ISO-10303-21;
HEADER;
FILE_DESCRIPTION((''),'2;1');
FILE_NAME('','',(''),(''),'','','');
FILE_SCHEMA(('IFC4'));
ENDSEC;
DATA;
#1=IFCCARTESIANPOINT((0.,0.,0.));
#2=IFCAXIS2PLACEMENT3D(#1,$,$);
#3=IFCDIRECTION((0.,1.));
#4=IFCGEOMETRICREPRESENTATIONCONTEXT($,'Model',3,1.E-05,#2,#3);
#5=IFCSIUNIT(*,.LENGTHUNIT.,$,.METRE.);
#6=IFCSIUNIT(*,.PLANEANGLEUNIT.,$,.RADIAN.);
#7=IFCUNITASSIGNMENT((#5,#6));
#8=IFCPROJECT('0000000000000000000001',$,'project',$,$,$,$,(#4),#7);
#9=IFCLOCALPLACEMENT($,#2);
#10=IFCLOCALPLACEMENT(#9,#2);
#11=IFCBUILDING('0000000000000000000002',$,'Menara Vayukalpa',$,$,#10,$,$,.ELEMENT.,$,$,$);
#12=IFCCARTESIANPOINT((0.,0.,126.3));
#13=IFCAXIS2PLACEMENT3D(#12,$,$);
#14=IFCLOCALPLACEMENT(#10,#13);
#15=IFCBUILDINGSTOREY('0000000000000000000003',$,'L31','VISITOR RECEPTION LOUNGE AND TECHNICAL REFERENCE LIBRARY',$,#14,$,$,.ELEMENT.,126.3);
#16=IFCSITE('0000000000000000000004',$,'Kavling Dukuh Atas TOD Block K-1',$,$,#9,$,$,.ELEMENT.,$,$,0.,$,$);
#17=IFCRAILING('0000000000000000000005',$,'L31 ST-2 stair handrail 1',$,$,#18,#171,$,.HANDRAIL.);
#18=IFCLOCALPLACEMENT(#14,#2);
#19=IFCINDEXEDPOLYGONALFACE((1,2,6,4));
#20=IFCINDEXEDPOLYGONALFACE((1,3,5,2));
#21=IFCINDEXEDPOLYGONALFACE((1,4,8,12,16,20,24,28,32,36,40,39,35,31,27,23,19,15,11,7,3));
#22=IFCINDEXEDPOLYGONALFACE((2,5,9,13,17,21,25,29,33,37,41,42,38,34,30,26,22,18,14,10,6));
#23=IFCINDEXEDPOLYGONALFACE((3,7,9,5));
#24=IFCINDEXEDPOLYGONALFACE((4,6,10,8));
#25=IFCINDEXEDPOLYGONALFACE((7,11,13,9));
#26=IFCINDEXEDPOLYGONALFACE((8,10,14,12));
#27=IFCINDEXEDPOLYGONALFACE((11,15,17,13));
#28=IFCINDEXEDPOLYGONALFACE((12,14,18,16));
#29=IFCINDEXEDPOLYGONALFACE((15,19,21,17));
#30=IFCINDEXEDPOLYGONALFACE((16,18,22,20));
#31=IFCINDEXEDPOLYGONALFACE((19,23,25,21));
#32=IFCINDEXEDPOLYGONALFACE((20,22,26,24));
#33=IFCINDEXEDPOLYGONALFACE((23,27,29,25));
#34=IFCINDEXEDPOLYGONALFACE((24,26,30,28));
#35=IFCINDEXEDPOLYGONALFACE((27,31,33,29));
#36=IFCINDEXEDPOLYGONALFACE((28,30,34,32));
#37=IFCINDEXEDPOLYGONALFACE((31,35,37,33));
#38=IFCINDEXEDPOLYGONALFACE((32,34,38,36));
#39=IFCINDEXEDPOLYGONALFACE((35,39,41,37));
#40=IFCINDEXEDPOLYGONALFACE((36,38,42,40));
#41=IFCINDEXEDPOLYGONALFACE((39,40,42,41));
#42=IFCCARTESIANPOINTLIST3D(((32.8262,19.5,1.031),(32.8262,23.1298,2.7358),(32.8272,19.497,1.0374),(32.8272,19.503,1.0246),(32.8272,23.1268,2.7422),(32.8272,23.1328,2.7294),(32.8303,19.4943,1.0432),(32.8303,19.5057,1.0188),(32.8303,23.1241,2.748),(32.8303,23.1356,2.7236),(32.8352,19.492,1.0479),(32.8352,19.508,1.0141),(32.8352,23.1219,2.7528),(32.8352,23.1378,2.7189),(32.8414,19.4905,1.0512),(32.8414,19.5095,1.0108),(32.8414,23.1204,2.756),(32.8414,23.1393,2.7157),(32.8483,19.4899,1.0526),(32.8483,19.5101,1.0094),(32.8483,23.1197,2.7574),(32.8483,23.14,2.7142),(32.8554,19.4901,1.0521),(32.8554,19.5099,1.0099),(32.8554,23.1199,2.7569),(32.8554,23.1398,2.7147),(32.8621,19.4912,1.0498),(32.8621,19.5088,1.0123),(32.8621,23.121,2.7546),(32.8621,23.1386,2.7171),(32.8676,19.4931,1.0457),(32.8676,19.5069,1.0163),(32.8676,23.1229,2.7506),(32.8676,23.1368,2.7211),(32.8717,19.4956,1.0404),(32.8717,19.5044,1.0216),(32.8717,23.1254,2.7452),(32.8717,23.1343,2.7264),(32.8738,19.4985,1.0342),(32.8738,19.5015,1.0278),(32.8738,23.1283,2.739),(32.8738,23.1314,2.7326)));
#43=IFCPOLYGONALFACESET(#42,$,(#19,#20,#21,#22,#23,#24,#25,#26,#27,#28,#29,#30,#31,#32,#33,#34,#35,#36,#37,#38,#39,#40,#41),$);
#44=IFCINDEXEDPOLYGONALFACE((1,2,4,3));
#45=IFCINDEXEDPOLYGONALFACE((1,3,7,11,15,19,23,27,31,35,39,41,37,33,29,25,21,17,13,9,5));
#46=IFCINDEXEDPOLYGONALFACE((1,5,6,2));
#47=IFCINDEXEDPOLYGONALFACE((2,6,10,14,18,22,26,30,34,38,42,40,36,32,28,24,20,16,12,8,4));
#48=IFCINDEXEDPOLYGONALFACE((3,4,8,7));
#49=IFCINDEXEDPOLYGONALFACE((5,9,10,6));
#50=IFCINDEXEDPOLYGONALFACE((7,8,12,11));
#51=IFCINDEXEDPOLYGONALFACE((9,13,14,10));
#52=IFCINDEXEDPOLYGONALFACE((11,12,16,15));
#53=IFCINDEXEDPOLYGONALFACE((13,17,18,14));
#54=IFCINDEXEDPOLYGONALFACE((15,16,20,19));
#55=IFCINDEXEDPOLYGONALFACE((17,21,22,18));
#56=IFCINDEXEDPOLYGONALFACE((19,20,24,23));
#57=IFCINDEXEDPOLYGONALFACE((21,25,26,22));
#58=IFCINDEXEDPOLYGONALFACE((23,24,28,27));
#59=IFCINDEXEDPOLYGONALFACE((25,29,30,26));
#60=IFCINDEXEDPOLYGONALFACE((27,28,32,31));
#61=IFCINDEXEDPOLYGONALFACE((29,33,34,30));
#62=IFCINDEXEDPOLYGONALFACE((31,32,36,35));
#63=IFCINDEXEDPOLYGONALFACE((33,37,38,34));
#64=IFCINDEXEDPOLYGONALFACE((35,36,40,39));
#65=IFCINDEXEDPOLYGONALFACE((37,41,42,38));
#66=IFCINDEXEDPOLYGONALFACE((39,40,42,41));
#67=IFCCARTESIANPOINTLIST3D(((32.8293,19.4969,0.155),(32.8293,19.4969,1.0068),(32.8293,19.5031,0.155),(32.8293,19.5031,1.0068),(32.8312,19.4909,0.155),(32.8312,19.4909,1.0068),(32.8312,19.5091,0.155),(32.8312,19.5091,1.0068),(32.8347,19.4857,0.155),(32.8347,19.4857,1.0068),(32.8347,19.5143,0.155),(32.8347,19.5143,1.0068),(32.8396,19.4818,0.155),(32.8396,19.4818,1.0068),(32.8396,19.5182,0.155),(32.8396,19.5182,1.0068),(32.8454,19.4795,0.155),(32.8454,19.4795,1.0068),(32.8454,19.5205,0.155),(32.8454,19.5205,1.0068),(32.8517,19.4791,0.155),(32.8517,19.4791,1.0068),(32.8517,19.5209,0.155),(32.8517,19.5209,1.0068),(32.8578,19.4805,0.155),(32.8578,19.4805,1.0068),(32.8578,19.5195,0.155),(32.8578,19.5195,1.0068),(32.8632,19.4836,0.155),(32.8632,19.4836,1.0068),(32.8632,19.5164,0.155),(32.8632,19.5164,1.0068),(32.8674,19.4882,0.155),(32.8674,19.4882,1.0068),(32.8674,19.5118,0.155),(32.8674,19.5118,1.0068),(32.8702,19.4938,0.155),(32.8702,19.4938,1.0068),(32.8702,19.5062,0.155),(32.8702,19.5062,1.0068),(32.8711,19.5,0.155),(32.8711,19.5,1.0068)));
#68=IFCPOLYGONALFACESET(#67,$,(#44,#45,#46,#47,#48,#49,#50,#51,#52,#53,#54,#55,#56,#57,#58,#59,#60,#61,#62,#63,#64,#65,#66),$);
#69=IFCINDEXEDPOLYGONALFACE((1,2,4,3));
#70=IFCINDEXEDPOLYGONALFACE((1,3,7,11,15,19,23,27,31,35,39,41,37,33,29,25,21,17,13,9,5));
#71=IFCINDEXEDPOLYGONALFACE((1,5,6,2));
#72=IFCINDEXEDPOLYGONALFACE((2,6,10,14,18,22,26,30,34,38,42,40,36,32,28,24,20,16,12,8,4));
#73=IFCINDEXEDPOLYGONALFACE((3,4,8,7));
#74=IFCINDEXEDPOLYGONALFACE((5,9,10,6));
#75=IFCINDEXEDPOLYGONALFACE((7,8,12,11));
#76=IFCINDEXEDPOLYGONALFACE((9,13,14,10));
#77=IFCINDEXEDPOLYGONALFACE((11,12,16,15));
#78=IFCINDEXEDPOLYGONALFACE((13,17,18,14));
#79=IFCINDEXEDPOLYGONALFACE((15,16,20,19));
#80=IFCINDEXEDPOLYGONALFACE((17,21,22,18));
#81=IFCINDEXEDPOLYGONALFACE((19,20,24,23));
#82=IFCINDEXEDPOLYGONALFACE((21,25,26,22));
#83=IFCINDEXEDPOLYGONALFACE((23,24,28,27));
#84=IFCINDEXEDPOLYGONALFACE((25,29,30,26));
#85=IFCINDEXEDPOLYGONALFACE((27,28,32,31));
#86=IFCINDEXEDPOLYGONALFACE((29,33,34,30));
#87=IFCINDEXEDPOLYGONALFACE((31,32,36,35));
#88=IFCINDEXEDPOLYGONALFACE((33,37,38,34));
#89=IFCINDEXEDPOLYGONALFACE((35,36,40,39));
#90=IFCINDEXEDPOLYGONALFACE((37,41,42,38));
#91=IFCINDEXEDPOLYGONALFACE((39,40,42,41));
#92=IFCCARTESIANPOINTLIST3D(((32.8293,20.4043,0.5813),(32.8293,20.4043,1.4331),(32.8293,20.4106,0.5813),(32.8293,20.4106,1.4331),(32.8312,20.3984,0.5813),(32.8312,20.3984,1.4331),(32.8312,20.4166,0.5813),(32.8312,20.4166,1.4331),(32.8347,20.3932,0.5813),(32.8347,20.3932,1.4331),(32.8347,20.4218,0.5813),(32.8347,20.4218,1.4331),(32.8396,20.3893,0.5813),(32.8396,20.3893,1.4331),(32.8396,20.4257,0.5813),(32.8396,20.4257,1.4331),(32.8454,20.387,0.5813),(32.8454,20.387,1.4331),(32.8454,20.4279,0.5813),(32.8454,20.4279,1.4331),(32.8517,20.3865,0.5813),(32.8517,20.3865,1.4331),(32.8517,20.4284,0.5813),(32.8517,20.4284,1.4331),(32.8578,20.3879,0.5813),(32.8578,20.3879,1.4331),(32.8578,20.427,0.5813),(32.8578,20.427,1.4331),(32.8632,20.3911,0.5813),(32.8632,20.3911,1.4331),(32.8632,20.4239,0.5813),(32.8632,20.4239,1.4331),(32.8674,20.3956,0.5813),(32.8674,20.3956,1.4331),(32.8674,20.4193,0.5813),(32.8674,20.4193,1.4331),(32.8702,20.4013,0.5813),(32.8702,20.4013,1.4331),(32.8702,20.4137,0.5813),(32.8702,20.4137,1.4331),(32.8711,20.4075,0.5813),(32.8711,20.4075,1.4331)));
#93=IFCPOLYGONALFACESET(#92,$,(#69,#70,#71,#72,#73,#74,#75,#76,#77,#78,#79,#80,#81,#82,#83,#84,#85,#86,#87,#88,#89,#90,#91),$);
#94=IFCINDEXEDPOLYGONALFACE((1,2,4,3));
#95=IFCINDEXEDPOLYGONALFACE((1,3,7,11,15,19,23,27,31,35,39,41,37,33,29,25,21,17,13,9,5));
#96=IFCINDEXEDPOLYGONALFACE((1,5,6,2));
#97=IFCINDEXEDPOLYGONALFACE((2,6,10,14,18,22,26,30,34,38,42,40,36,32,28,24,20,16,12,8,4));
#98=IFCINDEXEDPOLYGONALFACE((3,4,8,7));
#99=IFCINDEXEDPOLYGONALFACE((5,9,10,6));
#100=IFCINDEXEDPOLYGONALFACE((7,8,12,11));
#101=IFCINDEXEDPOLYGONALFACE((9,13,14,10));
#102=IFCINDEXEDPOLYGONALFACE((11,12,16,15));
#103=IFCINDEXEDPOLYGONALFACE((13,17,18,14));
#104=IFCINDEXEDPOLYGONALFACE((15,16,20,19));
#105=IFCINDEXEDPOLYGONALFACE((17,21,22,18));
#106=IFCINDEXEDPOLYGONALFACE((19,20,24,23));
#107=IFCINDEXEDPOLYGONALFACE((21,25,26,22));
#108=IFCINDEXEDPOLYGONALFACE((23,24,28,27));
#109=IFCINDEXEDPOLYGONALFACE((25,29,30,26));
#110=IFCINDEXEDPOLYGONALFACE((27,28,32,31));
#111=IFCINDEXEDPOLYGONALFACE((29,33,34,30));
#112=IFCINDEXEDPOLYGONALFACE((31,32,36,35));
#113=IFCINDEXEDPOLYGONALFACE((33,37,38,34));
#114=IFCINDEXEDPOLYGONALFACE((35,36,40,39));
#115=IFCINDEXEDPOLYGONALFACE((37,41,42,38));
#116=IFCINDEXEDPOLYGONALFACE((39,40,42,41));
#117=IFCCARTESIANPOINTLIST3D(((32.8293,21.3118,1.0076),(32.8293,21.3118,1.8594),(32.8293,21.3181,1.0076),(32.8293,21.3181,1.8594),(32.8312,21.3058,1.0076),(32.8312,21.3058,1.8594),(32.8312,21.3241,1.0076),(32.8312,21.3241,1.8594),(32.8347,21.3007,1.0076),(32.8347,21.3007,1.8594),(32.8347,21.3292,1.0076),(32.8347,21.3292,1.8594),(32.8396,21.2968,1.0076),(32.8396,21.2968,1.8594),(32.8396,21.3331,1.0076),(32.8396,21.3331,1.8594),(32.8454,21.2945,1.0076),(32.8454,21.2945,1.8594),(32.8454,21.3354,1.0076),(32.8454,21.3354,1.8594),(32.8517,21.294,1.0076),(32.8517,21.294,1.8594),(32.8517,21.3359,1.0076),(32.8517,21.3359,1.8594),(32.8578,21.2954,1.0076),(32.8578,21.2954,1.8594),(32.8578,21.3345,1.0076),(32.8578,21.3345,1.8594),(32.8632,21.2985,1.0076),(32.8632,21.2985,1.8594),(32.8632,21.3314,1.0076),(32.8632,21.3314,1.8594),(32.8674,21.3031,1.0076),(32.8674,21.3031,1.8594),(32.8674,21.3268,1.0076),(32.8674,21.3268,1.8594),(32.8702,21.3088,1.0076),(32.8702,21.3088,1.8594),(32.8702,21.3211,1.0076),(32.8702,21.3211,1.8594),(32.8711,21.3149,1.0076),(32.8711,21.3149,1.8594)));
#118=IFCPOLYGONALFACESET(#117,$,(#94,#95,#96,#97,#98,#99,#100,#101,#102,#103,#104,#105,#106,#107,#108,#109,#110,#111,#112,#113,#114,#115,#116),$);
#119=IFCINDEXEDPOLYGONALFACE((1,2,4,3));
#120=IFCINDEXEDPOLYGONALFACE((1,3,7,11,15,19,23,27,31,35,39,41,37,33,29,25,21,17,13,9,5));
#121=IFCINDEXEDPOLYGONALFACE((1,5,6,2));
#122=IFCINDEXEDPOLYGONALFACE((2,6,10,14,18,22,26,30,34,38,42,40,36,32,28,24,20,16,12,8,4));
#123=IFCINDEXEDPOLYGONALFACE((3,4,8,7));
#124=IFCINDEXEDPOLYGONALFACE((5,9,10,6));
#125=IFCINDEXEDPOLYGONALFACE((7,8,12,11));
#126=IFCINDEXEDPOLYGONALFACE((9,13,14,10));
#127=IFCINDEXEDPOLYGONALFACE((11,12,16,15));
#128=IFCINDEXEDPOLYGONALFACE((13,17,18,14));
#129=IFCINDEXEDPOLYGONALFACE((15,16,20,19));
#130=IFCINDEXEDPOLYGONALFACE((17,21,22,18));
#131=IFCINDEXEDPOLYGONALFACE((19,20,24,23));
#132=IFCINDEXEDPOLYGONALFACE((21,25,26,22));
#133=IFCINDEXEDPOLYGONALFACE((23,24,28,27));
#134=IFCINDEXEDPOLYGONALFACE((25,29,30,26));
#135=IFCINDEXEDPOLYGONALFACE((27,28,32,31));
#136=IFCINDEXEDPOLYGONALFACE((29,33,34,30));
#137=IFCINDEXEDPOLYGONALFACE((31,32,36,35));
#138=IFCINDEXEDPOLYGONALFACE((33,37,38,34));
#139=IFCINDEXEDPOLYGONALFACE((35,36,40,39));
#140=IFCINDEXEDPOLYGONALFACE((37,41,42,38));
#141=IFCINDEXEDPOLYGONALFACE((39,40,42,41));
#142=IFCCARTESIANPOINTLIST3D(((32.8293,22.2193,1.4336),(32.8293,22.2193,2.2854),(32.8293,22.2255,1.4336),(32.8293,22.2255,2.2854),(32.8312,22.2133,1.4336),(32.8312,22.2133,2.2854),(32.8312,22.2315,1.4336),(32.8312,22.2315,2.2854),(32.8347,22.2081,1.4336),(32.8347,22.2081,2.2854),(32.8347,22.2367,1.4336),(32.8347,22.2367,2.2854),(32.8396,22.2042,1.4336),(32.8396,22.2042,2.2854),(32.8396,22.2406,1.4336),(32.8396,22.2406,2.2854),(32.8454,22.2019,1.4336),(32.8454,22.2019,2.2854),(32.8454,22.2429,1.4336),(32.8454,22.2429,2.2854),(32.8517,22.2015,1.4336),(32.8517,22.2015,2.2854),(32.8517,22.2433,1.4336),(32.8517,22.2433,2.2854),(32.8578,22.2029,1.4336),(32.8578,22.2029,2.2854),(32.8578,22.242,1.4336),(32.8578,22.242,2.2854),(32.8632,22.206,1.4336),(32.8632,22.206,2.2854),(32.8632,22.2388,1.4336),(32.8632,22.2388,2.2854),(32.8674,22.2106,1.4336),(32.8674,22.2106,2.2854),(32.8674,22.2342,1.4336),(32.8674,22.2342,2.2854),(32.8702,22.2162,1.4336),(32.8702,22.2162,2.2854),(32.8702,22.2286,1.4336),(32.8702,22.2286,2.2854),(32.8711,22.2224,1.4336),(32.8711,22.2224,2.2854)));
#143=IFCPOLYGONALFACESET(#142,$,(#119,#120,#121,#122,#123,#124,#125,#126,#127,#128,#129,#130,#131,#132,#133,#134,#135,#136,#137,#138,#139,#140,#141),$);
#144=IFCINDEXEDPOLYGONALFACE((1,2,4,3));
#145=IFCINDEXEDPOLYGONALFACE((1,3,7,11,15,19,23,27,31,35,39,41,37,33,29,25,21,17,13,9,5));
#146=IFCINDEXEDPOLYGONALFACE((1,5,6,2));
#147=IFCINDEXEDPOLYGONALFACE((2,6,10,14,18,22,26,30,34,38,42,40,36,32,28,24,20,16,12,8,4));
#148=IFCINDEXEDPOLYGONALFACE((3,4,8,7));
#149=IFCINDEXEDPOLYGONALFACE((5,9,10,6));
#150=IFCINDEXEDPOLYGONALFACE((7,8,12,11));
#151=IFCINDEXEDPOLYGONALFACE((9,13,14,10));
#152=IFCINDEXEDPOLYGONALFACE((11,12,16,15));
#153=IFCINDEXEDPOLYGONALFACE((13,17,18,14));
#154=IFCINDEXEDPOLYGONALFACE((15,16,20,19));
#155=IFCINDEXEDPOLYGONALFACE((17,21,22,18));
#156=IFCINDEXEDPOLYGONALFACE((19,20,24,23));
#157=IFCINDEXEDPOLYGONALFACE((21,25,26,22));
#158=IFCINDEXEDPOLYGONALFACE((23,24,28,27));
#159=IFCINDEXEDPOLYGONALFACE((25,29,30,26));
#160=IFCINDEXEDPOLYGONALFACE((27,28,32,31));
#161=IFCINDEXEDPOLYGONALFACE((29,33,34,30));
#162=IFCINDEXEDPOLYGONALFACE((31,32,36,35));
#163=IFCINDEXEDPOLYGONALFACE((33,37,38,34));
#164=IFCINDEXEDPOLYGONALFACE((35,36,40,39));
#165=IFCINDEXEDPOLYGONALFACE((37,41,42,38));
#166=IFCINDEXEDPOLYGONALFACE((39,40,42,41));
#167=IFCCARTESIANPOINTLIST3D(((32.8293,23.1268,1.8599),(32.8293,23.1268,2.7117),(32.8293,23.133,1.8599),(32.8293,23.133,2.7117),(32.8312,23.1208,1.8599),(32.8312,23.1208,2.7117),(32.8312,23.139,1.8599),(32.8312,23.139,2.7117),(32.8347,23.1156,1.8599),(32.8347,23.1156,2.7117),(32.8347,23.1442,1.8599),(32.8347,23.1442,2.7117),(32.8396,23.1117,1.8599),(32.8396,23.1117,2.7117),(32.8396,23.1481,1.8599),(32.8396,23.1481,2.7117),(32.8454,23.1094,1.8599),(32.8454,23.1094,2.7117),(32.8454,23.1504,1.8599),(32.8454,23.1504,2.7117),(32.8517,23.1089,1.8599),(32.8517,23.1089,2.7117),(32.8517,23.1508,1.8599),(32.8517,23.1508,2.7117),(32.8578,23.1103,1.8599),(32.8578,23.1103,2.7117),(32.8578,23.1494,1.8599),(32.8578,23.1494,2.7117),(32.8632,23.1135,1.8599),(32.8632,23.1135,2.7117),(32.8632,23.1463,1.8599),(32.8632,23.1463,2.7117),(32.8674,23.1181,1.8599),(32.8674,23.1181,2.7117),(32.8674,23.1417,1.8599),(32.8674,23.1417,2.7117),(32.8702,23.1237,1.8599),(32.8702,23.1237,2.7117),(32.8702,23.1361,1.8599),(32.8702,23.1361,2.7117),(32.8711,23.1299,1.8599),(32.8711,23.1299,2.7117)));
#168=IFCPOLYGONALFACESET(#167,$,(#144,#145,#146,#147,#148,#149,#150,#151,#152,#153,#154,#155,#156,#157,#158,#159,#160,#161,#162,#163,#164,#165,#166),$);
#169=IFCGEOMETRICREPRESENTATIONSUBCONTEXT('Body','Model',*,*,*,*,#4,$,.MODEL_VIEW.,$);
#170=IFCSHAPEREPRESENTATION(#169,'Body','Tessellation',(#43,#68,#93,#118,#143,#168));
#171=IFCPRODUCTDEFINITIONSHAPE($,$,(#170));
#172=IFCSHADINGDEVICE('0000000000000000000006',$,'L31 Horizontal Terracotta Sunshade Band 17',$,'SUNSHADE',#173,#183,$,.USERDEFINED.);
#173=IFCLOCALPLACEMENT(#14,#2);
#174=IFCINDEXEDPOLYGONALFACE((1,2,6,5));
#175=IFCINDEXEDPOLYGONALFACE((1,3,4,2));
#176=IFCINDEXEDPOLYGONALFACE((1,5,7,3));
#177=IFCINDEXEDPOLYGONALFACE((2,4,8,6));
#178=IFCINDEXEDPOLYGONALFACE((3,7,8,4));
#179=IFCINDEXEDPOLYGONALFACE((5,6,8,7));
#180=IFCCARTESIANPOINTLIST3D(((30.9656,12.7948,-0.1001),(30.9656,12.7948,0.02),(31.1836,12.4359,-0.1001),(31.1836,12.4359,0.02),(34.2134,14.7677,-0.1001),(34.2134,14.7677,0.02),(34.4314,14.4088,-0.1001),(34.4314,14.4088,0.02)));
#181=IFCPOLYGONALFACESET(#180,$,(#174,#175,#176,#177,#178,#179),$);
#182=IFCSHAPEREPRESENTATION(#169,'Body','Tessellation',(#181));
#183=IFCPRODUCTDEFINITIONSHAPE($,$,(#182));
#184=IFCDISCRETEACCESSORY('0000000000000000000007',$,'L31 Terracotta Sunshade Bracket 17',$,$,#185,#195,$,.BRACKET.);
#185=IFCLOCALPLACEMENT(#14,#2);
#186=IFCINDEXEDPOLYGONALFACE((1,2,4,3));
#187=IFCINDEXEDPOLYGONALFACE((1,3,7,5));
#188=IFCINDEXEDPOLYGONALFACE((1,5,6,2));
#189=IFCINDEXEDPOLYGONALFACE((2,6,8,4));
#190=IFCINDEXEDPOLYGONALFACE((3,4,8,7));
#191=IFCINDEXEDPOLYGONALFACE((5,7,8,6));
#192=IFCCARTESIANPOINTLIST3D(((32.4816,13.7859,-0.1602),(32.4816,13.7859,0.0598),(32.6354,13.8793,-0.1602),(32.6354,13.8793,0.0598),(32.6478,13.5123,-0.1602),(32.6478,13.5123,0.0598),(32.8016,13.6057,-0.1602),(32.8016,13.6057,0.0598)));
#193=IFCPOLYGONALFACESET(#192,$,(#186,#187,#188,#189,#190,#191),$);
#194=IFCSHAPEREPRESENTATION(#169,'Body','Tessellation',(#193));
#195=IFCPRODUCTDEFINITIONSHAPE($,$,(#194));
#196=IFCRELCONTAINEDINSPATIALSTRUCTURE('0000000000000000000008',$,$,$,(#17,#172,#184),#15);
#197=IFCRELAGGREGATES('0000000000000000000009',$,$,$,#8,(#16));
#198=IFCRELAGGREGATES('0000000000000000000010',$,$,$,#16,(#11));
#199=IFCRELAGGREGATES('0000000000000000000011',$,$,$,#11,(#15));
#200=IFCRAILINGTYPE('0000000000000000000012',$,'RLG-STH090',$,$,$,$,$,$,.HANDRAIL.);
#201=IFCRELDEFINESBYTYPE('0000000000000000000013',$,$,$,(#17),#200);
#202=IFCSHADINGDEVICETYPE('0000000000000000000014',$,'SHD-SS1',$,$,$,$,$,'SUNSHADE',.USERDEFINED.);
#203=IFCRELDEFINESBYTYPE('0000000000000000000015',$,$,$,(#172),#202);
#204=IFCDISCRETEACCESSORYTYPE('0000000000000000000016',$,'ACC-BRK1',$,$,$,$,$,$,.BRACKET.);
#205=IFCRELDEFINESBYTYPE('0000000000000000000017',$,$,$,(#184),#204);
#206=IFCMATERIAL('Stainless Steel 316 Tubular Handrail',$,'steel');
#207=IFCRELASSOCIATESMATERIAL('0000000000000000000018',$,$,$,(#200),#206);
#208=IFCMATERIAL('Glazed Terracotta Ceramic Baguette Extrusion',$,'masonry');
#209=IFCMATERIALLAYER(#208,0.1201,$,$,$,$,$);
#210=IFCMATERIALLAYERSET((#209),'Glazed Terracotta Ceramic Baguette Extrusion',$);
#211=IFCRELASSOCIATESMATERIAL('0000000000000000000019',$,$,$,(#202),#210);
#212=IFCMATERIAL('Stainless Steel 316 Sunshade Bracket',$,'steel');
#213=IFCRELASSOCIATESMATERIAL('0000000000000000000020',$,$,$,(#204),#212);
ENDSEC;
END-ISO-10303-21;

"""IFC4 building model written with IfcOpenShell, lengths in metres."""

from ifc_helpers import new_model, si_unit, direction, frame, origin, origin_2d, place, context, subcontext, project, spatial, rectangle, circle, extrude, material, layer, layer_set, type_object, element, save


model = new_model("IFC4")

# Units and contexts
model_context = context("Model", 3, precision=1e-05, world=origin(), true_north=direction((0.0, 1.0)))
body_context = subcontext(model_context, "Body", "Model", "MODEL_VIEW")
ifc_project = project(units=[si_unit("LENGTHUNIT", "METRE"), si_unit("PLANEANGLEUNIT", "RADIAN")], contexts=[model_context])

# Site, building, storey
site_placement = place(None, origin())
site = spatial("IfcSite", under=ifc_project, at=site_placement, Name="Kavling Dukuh Atas TOD Block K-1", CompositionType="ELEMENT", RefElevation=0.0)
building_placement = place(site_placement, origin())
building = spatial("IfcBuilding", under=site, at=building_placement, Name="Menara Vayukalpa", CompositionType="ELEMENT")
storey_placement = place(building_placement, frame((0.0, 0.0, 126.3)))
storey = spatial("IfcBuildingStorey", under=building, at=storey_placement, Name="L31", Description="VISITOR RECEPTION LOUNGE AND TECHNICAL REFERENCE LIBRARY", CompositionType="ELEMENT", Elevation=126.3)

# Railing
ifc_material_1 = material(Name="Stainless Steel 316 Tubular Handrail", Category="steel")
railing_type_1 = type_object("IfcRailingType", Name="RLG-STH090", PredefinedType="HANDRAIL", material=ifc_material_1)
railing_1_placement = place(storey_placement, frame((32.8501, 19.5, 0.155)))
element("IfcRailing", 1, at=railing_1_placement, inside=storey, type_object=railing_type_1, Name="L31 ST-2 stair handrail 1", PredefinedType="HANDRAIL", context=body_context, shape_type="SweptSolid", body=[
    extrude(circle(Radius=0.0239, at=origin_2d()), frame((0.0, 0.0, 0.876), z_axis=(0.0, 0.90514, 0.425114), x_axis=(-1.0, 0.0, 0.0)), (0.0, 0.0, 1.0), 4.0103),
    extrude(circle(Radius=0.021, at=origin_2d()), origin(), (0.0, 0.0, 1.0), 0.8518),
    extrude(circle(Radius=0.021, at=origin_2d()), frame((0.0, 0.9075, 0.4263)), (0.0, 0.0, 1.0), 0.8518),
    extrude(circle(Radius=0.021, at=origin_2d()), frame((0.0, 1.8149, 0.8525)), (0.0, 0.0, 1.0), 0.8518),
    extrude(circle(Radius=0.021, at=origin_2d()), frame((0.0, 2.7224, 1.2786)), (0.0, 0.0, 1.0), 0.8518),
    extrude(circle(Radius=0.021, at=origin_2d()), frame((0.0, 3.6299, 1.7048)), (0.0, 0.0, 1.0), 0.8518),
])

# Shading device
ifc_material_2 = material(Name="Glazed Terracotta Ceramic Baguette Extrusion", Category="masonry")
ifc_layer_1 = layer(ifc_material_2, 0.1201)
ifc_layer_set_1 = layer_set([ifc_layer_1], Name="Glazed Terracotta Ceramic Baguette Extrusion")
shading_device_type = type_object("IfcShadingDeviceType", Name="SHD-SS1", ElementType="SUNSHADE", PredefinedType="USERDEFINED", material=ifc_layer_set_1)
shading_device_placement = place(storey_placement, frame((32.6985, 13.6018, -0.1001), z_axis=(0.0, 0.0, 1.0), x_axis=(0.854667, 0.519176, 0.0)))
element("IfcShadingDevice", 2, at=shading_device_placement, inside=storey, type_object=shading_device_type, Name="L31 Horizontal Terracotta Sunshade Band 17", ObjectType="SUNSHADE", PredefinedType="USERDEFINED", context=body_context, shape_type="SweptSolid", body=[
    extrude(rectangle(XDim=3.8, YDim=0.4199, at=origin_2d()), origin(), (0.0, 0.0, 1.0), 0.1201),
])

# Discrete accessory
ifc_material_3 = material(Name="Stainless Steel 316 Sunshade Bracket", Category="steel")
discrete_accessory_type = type_object("IfcDiscreteAccessoryType", Name="ACC-BRK1", PredefinedType="BRACKET", material=ifc_material_3)
discrete_accessory_placement = place(storey_placement, frame((32.6416, 13.6958, -0.1602), z_axis=(0.0, 0.0, 1.0), x_axis=(0.854667, 0.519176, 0.0)))
element("IfcDiscreteAccessory", 3, at=discrete_accessory_placement, inside=storey, type_object=discrete_accessory_type, Name="L31 Terracotta Sunshade Bracket 17", PredefinedType="BRACKET", context=body_context, shape_type="SweptSolid", body=[
    extrude(rectangle(XDim=0.1799, YDim=0.3201, at=origin_2d()), origin(), (0.0, 0.0, 1.0), 0.22),
])

save(model, "model.ifc")
